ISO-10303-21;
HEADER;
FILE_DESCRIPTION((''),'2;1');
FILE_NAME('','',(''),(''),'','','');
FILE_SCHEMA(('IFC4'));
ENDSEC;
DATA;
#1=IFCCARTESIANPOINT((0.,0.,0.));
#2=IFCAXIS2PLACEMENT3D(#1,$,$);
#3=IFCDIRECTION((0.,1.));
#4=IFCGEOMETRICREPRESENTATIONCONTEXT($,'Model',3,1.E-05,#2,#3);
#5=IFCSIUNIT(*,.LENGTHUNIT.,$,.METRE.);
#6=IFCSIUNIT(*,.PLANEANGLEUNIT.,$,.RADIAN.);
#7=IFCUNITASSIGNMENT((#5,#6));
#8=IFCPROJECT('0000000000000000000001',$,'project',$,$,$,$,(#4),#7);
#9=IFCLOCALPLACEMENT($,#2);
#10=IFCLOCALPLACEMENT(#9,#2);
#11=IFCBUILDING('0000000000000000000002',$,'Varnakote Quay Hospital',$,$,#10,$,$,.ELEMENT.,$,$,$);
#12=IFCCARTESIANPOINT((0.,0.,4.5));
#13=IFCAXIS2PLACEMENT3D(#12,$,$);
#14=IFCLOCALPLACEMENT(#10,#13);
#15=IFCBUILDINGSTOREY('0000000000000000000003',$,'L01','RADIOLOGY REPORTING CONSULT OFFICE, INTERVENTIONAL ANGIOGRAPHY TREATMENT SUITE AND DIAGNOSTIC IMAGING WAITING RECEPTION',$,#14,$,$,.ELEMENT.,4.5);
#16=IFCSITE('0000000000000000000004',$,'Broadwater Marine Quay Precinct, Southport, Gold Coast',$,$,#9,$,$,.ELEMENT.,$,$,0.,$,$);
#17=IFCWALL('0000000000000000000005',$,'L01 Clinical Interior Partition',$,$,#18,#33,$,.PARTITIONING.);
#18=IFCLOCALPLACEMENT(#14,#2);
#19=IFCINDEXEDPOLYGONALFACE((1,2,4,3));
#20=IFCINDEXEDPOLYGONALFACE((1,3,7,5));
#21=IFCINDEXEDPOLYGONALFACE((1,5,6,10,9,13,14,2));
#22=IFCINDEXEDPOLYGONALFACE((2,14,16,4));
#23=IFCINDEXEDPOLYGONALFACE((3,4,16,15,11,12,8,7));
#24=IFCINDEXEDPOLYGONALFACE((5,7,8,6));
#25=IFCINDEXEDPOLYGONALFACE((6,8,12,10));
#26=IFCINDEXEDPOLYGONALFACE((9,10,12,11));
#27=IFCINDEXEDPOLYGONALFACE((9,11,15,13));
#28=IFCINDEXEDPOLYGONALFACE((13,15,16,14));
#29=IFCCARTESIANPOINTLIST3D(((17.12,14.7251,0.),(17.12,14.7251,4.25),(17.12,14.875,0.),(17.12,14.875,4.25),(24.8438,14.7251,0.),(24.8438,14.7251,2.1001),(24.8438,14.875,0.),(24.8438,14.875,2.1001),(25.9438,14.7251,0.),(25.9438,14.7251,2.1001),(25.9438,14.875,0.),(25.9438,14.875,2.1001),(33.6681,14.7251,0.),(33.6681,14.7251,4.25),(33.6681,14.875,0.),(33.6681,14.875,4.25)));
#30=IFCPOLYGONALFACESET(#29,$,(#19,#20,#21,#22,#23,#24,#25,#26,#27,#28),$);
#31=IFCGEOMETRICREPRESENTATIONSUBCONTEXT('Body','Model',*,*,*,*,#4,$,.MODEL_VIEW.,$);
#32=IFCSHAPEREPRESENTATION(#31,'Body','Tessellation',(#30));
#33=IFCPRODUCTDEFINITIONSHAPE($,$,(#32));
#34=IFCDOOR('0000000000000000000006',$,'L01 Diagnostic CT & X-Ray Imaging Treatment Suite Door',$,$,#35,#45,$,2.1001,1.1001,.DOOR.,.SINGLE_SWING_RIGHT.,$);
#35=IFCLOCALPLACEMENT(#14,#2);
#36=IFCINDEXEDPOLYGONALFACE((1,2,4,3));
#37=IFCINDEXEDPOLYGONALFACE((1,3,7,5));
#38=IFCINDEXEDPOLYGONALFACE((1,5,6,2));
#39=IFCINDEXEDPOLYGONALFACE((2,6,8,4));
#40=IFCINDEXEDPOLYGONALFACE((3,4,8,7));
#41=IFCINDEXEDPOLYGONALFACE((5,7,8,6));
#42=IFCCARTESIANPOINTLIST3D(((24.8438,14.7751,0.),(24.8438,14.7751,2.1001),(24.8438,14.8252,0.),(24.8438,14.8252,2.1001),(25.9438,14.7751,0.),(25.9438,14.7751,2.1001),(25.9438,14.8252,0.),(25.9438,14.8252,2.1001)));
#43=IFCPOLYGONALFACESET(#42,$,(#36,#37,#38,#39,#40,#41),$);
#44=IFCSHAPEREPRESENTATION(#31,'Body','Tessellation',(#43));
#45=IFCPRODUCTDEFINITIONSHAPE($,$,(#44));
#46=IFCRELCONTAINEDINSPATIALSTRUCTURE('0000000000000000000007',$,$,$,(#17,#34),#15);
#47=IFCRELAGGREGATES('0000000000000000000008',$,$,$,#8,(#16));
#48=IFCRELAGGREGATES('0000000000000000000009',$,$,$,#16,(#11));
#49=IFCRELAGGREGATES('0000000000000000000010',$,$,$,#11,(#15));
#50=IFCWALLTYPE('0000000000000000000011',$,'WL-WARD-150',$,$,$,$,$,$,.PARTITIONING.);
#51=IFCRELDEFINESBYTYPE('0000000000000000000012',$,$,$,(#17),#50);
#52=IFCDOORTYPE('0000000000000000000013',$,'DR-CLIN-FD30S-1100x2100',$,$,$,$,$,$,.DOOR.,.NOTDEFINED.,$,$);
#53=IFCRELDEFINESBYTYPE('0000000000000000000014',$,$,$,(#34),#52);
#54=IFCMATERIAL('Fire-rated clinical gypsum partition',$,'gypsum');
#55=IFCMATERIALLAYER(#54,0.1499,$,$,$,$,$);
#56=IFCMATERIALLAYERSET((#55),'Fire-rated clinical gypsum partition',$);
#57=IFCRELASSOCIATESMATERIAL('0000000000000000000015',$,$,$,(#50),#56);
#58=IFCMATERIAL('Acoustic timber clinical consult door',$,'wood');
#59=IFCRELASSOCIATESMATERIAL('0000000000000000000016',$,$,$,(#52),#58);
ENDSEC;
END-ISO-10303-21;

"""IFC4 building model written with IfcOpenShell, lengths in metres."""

from ifc_helpers import new_model, si_unit, direction, frame, frame_2d, origin, place, context, subcontext, project, spatial, rectangle, extrude, material, layer, layer_set, type_object, element, fill, save


model = new_model("IFC4")

# Units and contexts
model_context = context("Model", 3, precision=1e-05, world=origin(), true_north=direction((0.0, 1.0)))
body_context = subcontext(model_context, "Body", "Model", "MODEL_VIEW")
ifc_project = project(units=[si_unit("LENGTHUNIT", "METRE"), si_unit("PLANEANGLEUNIT", "RADIAN")], contexts=[model_context])

# Site, building, storey
site_placement = place(None, origin())
site = spatial("IfcSite", under=ifc_project, at=site_placement, Name="Broadwater Marine Quay Precinct, Southport, Gold Coast", CompositionType="ELEMENT", RefElevation=0.0)
building_placement = place(site_placement, origin())
building = spatial("IfcBuilding", under=site, at=building_placement, Name="Varnakote Quay Hospital", CompositionType="ELEMENT")
storey_placement = place(building_placement, frame((0.0, 0.0, 4.5)))
storey = spatial("IfcBuildingStorey", under=building, at=storey_placement, Name="L01", Description="RADIOLOGY REPORTING CONSULT OFFICE, INTERVENTIONAL ANGIOGRAPHY TREATMENT SUITE AND DIAGNOSTIC IMAGING WAITING RECEPTION", CompositionType="ELEMENT", Elevation=4.5)

# Wall, opening, door
ifc_material_1 = material(Name="Fire-rated clinical gypsum partition", Category="gypsum")
ifc_layer_1 = layer(ifc_material_1, 0.1499)
ifc_layer_set_1 = layer_set([ifc_layer_1], Name="Fire-rated clinical gypsum partition")
wall_type_1 = type_object("IfcWallType", Name="WL-WARD-150", PredefinedType="PARTITIONING", material=ifc_layer_set_1)
wall_1_placement = place(storey_placement, frame((33.668, 14.8, 0.0), z_axis=(0.0, 0.0, 1.0), x_axis=(-1.0, 0.0, 0.0)))
wall_1 = element("IfcWall", 1, at=wall_1_placement, inside=storey, type_object=wall_type_1, Name="L01 Clinical Interior Partition", PredefinedType="PARTITIONING", context=body_context, shape_type="SweptSolid", body=[
    extrude(rectangle(XDim=16.5481, YDim=0.1499, at=frame_2d((8.2739, 0.0))), origin(), (0.0, 0.0, 1.0), 4.25),
])
opening_placement = place(wall_1_placement, frame((7.7241, 0.0, 0.0)))
opening = element("IfcOpeningElement", 2, at=opening_placement, cuts=wall_1, PredefinedType="OPENING", context=body_context, shape_type="SweptSolid", body=[
    extrude(rectangle(XDim=1.1001, YDim=2.1001, at=frame_2d((0.55, 1.05))), frame((0.0, 0.085, 0.0), z_axis=(0.0, -1.0, 0.0), x_axis=(1.0, 0.0, 0.0)), (0.0, 0.0, 1.0), 0.1699),
])
ifc_material_2 = material(Name="Acoustic timber clinical consult door", Category="wood")
door_type = type_object("IfcDoorType", Name="DR-CLIN-FD30S-1100x2100", OperationType="NOTDEFINED", PredefinedType="DOOR", material=ifc_material_2)
door_placement = place(opening_placement, origin())
door = element("IfcDoor", 3, at=door_placement, inside=storey, type_object=door_type, Name="L01 Diagnostic CT & X-Ray Imaging Treatment Suite Door", OperationType="SINGLE_SWING_RIGHT", OverallHeight=2.1001, OverallWidth=1.1001, PredefinedType="DOOR", context=body_context, shape_type="SweptSolid", body=[
    extrude(rectangle(XDim=1.1001, YDim=2.1001, at=frame_2d((0.55, 1.05))), frame((0.0, 0.0249, 0.0), z_axis=(0.0, -1.0, 0.0), x_axis=(1.0, 0.0, 0.0)), (0.0, 0.0, 1.0), 0.05),
])
fill(opening, door)

save(model, "model.ifc")
